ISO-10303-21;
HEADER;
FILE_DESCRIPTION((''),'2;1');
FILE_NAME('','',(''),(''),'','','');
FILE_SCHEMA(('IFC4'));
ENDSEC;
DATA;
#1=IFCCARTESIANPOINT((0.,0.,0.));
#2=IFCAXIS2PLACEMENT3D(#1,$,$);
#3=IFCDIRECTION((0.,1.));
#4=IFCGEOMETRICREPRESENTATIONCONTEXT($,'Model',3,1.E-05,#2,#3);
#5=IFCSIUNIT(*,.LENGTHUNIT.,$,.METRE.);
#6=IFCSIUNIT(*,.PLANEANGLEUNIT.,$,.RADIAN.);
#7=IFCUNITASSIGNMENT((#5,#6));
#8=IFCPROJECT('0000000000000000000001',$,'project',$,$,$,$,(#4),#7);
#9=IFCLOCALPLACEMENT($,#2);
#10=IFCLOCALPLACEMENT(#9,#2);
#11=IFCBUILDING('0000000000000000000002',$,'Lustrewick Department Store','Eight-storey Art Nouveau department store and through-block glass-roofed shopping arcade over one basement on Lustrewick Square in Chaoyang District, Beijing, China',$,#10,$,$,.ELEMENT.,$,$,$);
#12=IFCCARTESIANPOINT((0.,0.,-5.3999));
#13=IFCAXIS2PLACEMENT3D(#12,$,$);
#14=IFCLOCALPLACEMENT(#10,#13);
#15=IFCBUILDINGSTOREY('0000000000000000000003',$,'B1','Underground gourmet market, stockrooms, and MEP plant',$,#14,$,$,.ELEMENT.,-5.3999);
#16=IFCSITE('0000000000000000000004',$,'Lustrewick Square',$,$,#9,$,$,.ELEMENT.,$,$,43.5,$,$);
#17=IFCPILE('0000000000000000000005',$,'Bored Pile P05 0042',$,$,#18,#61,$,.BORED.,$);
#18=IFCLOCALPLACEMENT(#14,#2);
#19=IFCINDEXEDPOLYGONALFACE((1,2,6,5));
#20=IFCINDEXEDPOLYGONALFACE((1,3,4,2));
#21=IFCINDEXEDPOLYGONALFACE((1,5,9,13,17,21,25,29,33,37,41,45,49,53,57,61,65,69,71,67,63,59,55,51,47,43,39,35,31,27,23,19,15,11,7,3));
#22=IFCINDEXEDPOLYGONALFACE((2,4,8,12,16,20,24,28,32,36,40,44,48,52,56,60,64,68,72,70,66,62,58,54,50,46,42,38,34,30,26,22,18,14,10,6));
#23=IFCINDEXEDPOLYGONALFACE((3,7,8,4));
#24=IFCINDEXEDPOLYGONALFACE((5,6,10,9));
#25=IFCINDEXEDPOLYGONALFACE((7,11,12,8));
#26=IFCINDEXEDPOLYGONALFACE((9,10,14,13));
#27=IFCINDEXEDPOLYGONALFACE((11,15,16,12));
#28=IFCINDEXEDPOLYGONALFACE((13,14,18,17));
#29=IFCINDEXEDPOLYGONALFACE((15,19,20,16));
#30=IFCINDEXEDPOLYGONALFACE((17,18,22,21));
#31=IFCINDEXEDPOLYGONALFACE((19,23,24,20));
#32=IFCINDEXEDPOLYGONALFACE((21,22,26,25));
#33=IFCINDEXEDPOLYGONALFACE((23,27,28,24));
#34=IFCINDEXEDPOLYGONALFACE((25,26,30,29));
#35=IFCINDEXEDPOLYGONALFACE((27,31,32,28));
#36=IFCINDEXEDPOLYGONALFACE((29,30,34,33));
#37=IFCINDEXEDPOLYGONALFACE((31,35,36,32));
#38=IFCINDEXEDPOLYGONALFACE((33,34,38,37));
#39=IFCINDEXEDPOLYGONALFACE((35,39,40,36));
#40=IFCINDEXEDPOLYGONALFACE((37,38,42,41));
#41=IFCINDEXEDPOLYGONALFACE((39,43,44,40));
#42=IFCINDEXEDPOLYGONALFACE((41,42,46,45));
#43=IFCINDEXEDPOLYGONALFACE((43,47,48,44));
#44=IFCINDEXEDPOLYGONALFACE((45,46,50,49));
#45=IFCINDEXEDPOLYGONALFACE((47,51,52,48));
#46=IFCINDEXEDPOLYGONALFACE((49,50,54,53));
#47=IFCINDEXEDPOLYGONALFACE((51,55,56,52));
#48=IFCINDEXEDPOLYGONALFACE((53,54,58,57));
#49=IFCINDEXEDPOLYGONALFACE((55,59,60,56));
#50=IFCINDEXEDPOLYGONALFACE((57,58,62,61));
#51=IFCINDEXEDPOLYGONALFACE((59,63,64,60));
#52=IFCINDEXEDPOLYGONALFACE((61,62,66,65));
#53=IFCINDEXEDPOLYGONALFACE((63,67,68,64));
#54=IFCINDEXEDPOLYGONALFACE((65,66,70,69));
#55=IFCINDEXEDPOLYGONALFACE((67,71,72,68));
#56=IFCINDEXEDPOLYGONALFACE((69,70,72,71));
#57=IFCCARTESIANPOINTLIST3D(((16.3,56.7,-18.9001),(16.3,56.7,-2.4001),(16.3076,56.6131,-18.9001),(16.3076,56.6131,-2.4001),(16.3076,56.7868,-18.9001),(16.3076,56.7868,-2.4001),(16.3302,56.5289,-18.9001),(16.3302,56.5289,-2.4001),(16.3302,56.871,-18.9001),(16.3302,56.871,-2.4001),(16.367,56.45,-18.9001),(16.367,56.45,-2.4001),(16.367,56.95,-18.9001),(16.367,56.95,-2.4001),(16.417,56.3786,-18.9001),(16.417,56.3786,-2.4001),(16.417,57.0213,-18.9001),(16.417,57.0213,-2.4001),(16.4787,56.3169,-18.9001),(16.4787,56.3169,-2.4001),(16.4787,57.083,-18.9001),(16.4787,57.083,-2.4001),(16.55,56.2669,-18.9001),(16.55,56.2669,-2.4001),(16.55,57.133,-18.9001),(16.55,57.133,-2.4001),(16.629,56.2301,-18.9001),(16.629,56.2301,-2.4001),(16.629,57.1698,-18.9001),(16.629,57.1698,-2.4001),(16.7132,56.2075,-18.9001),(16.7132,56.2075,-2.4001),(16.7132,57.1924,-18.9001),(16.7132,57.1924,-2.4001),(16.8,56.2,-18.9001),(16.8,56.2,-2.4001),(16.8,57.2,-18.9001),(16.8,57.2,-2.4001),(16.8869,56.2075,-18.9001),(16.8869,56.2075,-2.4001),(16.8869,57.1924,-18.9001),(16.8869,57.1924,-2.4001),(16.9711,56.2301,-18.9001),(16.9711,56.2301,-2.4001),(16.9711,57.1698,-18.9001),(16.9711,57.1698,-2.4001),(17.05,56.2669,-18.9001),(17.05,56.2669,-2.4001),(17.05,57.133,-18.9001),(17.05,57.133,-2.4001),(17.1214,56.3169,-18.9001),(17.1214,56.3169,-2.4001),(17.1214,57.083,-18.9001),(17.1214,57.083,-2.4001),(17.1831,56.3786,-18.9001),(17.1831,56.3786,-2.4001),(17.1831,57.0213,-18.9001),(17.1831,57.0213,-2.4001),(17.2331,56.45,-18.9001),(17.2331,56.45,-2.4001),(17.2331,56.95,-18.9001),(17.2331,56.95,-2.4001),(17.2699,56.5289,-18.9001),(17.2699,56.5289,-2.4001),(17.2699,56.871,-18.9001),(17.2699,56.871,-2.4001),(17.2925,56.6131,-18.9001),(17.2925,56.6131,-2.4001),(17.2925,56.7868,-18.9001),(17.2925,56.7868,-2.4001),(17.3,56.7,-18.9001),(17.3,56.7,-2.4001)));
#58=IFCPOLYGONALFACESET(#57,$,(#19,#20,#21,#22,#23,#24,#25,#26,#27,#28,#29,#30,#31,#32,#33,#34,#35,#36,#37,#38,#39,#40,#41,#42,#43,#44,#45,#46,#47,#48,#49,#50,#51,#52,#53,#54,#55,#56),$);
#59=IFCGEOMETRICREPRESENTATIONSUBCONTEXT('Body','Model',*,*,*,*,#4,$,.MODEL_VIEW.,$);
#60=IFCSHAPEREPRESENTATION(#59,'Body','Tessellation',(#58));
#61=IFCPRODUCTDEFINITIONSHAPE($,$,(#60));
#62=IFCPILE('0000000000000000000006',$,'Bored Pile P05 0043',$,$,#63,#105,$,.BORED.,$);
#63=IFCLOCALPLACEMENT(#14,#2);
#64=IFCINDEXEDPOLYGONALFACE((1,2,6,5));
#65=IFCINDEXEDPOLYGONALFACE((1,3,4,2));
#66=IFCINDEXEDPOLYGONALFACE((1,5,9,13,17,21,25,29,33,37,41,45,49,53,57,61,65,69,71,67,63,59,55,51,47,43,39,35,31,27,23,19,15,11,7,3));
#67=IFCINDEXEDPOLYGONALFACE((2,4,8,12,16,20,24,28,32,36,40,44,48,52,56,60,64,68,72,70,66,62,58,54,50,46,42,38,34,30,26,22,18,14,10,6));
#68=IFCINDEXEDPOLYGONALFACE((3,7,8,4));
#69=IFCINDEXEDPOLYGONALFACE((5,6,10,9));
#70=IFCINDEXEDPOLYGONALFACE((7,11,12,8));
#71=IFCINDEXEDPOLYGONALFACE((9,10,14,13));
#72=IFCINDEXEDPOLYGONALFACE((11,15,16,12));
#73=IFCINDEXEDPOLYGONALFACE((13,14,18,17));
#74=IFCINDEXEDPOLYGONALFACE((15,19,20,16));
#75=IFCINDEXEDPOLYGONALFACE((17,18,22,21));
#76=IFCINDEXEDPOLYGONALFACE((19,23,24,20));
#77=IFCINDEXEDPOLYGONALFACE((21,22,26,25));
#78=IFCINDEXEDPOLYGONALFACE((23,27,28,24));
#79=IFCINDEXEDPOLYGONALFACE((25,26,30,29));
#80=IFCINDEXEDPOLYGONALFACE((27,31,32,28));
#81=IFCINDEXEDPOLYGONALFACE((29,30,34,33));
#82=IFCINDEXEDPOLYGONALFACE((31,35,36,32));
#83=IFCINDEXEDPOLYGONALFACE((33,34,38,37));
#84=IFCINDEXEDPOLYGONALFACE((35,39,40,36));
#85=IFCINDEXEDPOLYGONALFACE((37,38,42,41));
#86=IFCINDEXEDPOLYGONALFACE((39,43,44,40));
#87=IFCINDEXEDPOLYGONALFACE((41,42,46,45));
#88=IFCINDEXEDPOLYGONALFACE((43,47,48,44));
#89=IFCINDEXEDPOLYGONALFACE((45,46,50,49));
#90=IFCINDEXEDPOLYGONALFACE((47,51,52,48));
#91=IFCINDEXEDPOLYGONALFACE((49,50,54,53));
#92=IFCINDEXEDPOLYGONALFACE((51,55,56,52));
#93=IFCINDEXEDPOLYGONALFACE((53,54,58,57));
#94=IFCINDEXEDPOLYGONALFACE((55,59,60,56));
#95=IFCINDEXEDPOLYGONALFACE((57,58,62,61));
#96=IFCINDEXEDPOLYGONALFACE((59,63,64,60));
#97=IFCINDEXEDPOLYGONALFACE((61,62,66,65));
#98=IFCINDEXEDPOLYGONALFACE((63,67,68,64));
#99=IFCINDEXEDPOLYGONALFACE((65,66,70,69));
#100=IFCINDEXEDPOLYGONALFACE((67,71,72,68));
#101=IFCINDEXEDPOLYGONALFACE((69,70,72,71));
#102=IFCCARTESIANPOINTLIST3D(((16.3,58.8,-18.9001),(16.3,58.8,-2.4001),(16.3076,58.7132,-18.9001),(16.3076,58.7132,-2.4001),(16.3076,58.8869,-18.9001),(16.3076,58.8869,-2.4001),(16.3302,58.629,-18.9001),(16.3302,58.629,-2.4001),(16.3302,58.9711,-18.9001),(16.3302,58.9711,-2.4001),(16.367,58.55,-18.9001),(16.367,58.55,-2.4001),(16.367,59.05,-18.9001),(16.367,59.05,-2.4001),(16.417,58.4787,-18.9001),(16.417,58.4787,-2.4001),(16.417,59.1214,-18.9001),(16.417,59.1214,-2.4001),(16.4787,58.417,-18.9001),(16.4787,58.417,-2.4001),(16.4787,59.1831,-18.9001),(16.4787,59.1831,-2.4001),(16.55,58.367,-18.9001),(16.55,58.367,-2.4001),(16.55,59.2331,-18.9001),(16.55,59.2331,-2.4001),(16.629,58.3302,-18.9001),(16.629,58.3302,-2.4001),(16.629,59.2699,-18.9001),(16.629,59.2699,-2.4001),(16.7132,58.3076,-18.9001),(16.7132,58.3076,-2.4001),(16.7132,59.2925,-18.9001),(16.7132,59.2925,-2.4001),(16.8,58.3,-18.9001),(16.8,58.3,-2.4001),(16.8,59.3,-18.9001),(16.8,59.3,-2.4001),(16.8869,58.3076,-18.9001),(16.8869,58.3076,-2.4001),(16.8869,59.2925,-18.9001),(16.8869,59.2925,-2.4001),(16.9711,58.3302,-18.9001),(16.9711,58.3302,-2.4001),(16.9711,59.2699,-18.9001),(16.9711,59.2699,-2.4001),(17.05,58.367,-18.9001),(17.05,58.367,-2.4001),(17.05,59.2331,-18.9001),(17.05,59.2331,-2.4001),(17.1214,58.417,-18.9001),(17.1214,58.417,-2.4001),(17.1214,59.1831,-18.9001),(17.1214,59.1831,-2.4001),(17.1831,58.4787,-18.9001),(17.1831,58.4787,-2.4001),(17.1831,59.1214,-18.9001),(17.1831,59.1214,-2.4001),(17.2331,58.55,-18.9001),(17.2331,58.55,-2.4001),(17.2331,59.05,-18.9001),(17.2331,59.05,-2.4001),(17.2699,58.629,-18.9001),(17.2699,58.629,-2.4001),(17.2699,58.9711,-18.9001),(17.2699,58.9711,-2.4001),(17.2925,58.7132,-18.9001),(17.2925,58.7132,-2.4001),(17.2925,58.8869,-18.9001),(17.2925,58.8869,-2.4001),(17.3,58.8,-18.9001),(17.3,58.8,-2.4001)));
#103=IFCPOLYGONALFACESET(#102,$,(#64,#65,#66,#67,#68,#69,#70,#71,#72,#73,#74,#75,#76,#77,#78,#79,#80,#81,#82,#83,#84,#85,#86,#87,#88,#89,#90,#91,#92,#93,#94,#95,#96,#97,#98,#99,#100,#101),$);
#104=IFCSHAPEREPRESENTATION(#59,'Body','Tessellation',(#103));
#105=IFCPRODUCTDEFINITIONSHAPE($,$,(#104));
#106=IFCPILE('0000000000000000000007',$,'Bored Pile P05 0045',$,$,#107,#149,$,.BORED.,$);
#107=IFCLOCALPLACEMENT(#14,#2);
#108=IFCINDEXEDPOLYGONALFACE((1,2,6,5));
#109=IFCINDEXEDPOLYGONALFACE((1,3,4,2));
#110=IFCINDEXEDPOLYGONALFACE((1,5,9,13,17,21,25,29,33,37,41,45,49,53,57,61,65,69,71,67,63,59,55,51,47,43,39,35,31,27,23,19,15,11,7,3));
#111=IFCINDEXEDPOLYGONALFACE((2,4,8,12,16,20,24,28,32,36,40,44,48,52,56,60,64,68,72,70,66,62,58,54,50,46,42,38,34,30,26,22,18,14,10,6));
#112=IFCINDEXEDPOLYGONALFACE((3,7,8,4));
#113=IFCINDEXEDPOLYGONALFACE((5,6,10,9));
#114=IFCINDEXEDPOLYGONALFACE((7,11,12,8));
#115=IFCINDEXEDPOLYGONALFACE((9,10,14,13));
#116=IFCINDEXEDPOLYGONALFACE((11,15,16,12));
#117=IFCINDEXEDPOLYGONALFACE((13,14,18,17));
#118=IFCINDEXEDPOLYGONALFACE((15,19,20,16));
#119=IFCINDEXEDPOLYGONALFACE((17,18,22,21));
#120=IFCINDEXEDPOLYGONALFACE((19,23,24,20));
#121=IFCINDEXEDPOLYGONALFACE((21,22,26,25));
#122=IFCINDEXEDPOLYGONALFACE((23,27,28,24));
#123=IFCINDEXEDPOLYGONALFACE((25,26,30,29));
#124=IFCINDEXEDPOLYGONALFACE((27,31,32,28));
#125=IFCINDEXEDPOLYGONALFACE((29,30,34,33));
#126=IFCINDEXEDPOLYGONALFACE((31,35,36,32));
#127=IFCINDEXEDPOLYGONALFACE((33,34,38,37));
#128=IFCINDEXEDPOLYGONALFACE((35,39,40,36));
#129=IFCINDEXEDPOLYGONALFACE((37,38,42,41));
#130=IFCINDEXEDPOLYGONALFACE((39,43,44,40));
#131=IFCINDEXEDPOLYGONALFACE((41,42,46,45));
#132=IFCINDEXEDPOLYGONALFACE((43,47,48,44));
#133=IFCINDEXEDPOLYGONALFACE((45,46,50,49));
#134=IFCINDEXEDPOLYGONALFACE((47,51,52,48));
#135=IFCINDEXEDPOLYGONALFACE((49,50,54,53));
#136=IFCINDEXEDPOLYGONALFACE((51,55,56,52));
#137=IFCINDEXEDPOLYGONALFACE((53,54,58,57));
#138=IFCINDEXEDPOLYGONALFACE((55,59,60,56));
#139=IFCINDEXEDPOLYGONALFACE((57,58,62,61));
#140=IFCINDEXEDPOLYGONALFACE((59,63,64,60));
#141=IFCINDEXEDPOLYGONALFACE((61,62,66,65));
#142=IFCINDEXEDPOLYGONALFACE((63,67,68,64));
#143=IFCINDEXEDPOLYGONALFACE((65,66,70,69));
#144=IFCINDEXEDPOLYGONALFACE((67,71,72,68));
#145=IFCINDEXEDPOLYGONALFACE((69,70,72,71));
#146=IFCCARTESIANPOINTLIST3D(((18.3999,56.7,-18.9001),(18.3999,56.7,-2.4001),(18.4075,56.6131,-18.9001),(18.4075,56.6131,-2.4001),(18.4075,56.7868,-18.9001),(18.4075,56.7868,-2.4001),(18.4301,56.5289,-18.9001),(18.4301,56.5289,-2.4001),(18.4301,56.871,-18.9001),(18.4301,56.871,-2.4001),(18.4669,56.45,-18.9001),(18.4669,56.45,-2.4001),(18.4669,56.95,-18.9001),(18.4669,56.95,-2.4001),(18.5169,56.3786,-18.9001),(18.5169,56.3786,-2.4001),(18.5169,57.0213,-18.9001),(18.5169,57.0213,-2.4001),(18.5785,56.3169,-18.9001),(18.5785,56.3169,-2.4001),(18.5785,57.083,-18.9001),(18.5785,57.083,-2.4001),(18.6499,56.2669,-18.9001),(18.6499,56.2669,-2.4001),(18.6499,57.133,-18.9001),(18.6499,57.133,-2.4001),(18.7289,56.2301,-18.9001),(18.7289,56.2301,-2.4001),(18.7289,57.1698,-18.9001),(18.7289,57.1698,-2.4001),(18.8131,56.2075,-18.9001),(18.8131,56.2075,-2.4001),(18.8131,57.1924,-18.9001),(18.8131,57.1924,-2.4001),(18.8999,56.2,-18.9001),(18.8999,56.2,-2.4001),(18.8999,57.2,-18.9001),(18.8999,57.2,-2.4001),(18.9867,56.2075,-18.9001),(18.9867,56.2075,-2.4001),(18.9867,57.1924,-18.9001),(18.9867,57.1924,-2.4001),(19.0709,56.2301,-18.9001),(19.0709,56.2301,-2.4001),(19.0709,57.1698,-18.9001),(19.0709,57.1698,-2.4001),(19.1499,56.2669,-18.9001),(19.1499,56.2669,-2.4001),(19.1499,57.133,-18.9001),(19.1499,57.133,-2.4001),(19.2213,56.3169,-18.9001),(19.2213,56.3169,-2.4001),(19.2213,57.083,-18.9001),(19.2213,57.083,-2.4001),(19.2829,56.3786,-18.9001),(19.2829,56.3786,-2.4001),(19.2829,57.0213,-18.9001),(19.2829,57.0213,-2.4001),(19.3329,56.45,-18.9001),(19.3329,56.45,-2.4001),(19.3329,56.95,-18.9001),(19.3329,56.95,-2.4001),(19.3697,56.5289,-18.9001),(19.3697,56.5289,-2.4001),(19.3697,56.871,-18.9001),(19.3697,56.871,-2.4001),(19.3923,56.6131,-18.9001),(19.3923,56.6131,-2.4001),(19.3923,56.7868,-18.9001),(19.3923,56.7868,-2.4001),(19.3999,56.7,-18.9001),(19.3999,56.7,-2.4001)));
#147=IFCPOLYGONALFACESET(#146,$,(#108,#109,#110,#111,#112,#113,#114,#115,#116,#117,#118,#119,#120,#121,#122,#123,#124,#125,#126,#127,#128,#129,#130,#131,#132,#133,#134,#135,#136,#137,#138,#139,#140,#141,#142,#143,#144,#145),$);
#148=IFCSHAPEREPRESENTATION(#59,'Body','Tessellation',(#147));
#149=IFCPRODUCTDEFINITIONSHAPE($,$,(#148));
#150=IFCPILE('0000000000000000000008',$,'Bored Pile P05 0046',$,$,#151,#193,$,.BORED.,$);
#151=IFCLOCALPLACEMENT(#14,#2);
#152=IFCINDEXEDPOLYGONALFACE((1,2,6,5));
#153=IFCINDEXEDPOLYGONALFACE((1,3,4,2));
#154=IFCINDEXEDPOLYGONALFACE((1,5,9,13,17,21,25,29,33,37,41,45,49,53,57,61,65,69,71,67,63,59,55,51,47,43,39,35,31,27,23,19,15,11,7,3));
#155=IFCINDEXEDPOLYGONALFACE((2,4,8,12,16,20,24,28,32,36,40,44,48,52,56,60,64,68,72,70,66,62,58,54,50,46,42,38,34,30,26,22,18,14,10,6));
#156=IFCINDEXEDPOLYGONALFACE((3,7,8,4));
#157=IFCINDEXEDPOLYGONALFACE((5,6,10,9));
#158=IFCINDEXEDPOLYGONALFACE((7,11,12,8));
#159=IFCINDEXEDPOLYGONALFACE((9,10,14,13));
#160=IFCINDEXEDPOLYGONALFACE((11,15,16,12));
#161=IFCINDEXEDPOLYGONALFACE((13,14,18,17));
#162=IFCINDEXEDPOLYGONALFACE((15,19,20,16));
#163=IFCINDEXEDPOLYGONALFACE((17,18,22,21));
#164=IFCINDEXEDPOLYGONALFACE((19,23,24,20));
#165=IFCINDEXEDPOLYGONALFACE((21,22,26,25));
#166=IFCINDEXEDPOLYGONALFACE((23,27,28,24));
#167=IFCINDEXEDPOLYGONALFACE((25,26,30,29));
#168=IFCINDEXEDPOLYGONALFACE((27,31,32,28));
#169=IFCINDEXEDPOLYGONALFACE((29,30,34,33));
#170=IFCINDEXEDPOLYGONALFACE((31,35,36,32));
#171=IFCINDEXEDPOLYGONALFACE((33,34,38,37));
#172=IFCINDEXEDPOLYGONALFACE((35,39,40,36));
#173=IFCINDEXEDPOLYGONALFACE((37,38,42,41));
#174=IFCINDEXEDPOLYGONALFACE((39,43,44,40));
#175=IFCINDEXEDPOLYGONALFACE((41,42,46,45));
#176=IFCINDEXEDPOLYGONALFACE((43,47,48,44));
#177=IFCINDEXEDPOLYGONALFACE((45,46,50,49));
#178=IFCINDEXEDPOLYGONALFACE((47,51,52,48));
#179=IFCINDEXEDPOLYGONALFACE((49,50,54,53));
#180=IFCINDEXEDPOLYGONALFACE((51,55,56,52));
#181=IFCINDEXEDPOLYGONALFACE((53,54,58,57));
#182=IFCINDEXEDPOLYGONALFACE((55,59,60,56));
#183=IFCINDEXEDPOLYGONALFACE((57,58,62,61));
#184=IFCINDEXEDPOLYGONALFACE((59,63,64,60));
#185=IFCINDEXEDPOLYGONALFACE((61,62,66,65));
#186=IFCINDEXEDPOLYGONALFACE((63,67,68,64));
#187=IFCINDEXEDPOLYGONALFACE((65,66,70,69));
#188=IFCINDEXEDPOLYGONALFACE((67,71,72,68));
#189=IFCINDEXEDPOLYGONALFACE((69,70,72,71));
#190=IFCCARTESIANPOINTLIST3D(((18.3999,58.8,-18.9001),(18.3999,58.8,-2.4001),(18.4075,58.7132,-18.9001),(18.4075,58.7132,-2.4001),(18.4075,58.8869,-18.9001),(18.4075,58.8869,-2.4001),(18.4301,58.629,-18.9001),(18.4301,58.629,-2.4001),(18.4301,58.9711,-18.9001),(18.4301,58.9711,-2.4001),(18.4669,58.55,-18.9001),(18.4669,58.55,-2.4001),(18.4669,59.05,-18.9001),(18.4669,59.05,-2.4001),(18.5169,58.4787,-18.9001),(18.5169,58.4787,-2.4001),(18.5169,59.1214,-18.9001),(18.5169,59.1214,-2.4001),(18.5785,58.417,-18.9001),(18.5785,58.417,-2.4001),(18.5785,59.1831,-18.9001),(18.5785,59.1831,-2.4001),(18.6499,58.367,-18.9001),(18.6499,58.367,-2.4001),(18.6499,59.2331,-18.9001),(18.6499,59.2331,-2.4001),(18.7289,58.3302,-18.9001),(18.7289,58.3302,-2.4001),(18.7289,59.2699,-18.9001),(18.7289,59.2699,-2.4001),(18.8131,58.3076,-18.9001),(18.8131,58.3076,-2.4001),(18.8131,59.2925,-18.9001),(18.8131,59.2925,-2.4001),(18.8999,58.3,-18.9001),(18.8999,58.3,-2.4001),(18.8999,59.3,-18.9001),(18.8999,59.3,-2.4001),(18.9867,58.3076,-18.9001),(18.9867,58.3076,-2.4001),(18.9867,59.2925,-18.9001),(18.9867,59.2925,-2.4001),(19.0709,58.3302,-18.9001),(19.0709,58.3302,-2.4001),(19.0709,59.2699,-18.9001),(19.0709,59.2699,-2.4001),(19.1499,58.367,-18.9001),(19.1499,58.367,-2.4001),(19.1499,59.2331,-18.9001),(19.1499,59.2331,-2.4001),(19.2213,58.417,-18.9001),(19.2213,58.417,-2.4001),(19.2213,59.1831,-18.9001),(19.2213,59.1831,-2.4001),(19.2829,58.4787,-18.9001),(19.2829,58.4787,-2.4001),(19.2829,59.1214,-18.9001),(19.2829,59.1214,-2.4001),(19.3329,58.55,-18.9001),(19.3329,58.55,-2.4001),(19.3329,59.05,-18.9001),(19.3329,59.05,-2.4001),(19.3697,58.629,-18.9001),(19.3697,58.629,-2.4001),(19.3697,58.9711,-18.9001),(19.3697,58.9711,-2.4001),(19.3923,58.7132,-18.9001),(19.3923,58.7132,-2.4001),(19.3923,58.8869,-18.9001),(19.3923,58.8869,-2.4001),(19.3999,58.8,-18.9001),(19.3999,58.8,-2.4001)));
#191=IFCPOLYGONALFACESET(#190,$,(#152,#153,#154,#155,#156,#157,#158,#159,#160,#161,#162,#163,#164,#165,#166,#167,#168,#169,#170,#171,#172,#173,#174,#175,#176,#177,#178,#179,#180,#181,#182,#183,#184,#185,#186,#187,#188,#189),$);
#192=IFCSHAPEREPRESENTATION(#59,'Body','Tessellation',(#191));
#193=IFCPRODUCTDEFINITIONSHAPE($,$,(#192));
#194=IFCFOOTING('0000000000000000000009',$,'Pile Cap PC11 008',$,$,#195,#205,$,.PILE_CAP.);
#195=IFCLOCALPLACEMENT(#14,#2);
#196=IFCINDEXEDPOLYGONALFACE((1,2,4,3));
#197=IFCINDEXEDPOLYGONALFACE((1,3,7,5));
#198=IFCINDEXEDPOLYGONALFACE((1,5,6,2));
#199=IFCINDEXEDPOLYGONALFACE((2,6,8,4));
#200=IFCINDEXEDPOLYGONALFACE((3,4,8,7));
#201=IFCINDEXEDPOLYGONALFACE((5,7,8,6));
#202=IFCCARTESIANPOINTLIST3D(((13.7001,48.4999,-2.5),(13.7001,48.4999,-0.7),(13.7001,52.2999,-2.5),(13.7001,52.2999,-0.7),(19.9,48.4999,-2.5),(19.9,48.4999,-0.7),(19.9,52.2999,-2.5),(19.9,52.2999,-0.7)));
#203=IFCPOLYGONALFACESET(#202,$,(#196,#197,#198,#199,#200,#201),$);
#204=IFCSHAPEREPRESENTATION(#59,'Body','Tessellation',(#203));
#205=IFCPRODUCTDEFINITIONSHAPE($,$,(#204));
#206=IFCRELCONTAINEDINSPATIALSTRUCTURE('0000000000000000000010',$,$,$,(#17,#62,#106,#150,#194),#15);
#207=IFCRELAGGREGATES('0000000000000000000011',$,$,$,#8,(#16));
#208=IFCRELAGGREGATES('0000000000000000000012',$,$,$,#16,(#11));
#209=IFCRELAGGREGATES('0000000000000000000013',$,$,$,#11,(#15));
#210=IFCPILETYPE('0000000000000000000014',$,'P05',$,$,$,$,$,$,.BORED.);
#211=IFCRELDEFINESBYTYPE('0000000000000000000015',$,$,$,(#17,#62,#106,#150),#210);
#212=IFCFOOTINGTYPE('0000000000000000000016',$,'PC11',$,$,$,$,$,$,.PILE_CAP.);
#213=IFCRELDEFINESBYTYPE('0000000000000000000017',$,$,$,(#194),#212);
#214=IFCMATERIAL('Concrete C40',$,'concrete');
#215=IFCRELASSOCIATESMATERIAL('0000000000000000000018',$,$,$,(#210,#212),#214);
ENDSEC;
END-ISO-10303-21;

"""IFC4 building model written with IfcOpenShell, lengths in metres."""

from ifc_helpers import new_model, si_unit, direction, frame, origin, origin_2d, place, context, subcontext, project, spatial, rectangle, circle, extrude, material, material_profile, profile_set, type_object, element, save


model = new_model("IFC4")

# Units and contexts
model_context = context("Model", 3, precision=1e-05, world=origin(), true_north=direction((0.0, 1.0)))
body_context = subcontext(model_context, "Body", "Model", "MODEL_VIEW")
ifc_project = project(units=[si_unit("LENGTHUNIT", "METRE"), si_unit("PLANEANGLEUNIT", "RADIAN")], contexts=[model_context])

# Site, building, storey
site_placement = place(None, origin())
site = spatial("IfcSite", under=ifc_project, at=site_placement, Name="Lustrewick Square", CompositionType="ELEMENT", RefElevation=43.5)
building_placement = place(site_placement, origin())
building = spatial("IfcBuilding", under=site, at=building_placement, Name="Lustrewick Department Store", Description="Eight-storey Art Nouveau department store and through-block glass-roofed shopping arcade over one basement on Lustrewick Square in Chaoyang District, Beijing, China", CompositionType="ELEMENT")
storey_placement = place(building_placement, frame((0.0, 0.0, -5.3999)))
storey = spatial("IfcBuildingStorey", under=building, at=storey_placement, Name="B1", Description="Underground gourmet market, stockrooms, and MEP plant", CompositionType="ELEMENT", Elevation=-5.3999)

# Piles
ifc_material_1 = material(Name="Concrete C40", Category="concrete")
ifc_material_profile_1 = material_profile(ifc_material_1, circle(Radius=0.5, at=origin_2d()), Name="PILE D1000")
ifc_profile_set_1 = profile_set([ifc_material_profile_1], Name="Concrete C40")
pile_type_1 = type_object("IfcPileType", Name="P05", PredefinedType="BORED", material=ifc_profile_set_1)
for number, where, z_axis, x_axis, name in (
    (1, (16.8, 56.7, -2.4001), (0.0, 0.0, -1.0), (1.0, 0.0, 0.0), "Bored Pile P05 0042"),
    (2, (16.8, 58.8, -2.4001), (0.0, 0.0, -1.0), (1.0, 0.0, 0.0), "Bored Pile P05 0043"),
    (3, (18.8999, 56.7, -2.4001), (0.0, 0.0, -1.0), (1.0, 0.0, 0.0), "Bored Pile P05 0045"),
    (4, (18.8999, 58.8, -2.4001), (0.0, 0.0, -1.0), (1.0, 0.0, 0.0), "Bored Pile P05 0046"),
):
    element("IfcPile", number, at=place(storey_placement, frame(where, z_axis=z_axis, x_axis=x_axis)), inside=storey, type_object=pile_type_1, Name=name, PredefinedType="BORED", context=body_context, shape_type="SweptSolid", body=[
        extrude(circle(Radius=0.5, at=origin_2d()), origin(), (0.0, 0.0, 1.0), 16.5),
    ])

# Footing
footing_type_1 = type_object("IfcFootingType", Name="PC11", PredefinedType="PILE_CAP", material=ifc_material_1)
footing_1_placement = place(storey_placement, frame((16.8, 50.3999, -2.5), z_axis=(0.0, 0.0, 1.0), x_axis=(1.0, 0.0, 0.0)))
element("IfcFooting", 5, at=footing_1_placement, inside=storey, type_object=footing_type_1, Name="Pile Cap PC11 008", PredefinedType="PILE_CAP", context=body_context, shape_type="SweptSolid", body=[
    extrude(rectangle(XDim=6.2, YDim=3.8, at=origin_2d()), origin(), (0.0, 0.0, 1.0), 1.8),
])

save(model, "model.ifc")
